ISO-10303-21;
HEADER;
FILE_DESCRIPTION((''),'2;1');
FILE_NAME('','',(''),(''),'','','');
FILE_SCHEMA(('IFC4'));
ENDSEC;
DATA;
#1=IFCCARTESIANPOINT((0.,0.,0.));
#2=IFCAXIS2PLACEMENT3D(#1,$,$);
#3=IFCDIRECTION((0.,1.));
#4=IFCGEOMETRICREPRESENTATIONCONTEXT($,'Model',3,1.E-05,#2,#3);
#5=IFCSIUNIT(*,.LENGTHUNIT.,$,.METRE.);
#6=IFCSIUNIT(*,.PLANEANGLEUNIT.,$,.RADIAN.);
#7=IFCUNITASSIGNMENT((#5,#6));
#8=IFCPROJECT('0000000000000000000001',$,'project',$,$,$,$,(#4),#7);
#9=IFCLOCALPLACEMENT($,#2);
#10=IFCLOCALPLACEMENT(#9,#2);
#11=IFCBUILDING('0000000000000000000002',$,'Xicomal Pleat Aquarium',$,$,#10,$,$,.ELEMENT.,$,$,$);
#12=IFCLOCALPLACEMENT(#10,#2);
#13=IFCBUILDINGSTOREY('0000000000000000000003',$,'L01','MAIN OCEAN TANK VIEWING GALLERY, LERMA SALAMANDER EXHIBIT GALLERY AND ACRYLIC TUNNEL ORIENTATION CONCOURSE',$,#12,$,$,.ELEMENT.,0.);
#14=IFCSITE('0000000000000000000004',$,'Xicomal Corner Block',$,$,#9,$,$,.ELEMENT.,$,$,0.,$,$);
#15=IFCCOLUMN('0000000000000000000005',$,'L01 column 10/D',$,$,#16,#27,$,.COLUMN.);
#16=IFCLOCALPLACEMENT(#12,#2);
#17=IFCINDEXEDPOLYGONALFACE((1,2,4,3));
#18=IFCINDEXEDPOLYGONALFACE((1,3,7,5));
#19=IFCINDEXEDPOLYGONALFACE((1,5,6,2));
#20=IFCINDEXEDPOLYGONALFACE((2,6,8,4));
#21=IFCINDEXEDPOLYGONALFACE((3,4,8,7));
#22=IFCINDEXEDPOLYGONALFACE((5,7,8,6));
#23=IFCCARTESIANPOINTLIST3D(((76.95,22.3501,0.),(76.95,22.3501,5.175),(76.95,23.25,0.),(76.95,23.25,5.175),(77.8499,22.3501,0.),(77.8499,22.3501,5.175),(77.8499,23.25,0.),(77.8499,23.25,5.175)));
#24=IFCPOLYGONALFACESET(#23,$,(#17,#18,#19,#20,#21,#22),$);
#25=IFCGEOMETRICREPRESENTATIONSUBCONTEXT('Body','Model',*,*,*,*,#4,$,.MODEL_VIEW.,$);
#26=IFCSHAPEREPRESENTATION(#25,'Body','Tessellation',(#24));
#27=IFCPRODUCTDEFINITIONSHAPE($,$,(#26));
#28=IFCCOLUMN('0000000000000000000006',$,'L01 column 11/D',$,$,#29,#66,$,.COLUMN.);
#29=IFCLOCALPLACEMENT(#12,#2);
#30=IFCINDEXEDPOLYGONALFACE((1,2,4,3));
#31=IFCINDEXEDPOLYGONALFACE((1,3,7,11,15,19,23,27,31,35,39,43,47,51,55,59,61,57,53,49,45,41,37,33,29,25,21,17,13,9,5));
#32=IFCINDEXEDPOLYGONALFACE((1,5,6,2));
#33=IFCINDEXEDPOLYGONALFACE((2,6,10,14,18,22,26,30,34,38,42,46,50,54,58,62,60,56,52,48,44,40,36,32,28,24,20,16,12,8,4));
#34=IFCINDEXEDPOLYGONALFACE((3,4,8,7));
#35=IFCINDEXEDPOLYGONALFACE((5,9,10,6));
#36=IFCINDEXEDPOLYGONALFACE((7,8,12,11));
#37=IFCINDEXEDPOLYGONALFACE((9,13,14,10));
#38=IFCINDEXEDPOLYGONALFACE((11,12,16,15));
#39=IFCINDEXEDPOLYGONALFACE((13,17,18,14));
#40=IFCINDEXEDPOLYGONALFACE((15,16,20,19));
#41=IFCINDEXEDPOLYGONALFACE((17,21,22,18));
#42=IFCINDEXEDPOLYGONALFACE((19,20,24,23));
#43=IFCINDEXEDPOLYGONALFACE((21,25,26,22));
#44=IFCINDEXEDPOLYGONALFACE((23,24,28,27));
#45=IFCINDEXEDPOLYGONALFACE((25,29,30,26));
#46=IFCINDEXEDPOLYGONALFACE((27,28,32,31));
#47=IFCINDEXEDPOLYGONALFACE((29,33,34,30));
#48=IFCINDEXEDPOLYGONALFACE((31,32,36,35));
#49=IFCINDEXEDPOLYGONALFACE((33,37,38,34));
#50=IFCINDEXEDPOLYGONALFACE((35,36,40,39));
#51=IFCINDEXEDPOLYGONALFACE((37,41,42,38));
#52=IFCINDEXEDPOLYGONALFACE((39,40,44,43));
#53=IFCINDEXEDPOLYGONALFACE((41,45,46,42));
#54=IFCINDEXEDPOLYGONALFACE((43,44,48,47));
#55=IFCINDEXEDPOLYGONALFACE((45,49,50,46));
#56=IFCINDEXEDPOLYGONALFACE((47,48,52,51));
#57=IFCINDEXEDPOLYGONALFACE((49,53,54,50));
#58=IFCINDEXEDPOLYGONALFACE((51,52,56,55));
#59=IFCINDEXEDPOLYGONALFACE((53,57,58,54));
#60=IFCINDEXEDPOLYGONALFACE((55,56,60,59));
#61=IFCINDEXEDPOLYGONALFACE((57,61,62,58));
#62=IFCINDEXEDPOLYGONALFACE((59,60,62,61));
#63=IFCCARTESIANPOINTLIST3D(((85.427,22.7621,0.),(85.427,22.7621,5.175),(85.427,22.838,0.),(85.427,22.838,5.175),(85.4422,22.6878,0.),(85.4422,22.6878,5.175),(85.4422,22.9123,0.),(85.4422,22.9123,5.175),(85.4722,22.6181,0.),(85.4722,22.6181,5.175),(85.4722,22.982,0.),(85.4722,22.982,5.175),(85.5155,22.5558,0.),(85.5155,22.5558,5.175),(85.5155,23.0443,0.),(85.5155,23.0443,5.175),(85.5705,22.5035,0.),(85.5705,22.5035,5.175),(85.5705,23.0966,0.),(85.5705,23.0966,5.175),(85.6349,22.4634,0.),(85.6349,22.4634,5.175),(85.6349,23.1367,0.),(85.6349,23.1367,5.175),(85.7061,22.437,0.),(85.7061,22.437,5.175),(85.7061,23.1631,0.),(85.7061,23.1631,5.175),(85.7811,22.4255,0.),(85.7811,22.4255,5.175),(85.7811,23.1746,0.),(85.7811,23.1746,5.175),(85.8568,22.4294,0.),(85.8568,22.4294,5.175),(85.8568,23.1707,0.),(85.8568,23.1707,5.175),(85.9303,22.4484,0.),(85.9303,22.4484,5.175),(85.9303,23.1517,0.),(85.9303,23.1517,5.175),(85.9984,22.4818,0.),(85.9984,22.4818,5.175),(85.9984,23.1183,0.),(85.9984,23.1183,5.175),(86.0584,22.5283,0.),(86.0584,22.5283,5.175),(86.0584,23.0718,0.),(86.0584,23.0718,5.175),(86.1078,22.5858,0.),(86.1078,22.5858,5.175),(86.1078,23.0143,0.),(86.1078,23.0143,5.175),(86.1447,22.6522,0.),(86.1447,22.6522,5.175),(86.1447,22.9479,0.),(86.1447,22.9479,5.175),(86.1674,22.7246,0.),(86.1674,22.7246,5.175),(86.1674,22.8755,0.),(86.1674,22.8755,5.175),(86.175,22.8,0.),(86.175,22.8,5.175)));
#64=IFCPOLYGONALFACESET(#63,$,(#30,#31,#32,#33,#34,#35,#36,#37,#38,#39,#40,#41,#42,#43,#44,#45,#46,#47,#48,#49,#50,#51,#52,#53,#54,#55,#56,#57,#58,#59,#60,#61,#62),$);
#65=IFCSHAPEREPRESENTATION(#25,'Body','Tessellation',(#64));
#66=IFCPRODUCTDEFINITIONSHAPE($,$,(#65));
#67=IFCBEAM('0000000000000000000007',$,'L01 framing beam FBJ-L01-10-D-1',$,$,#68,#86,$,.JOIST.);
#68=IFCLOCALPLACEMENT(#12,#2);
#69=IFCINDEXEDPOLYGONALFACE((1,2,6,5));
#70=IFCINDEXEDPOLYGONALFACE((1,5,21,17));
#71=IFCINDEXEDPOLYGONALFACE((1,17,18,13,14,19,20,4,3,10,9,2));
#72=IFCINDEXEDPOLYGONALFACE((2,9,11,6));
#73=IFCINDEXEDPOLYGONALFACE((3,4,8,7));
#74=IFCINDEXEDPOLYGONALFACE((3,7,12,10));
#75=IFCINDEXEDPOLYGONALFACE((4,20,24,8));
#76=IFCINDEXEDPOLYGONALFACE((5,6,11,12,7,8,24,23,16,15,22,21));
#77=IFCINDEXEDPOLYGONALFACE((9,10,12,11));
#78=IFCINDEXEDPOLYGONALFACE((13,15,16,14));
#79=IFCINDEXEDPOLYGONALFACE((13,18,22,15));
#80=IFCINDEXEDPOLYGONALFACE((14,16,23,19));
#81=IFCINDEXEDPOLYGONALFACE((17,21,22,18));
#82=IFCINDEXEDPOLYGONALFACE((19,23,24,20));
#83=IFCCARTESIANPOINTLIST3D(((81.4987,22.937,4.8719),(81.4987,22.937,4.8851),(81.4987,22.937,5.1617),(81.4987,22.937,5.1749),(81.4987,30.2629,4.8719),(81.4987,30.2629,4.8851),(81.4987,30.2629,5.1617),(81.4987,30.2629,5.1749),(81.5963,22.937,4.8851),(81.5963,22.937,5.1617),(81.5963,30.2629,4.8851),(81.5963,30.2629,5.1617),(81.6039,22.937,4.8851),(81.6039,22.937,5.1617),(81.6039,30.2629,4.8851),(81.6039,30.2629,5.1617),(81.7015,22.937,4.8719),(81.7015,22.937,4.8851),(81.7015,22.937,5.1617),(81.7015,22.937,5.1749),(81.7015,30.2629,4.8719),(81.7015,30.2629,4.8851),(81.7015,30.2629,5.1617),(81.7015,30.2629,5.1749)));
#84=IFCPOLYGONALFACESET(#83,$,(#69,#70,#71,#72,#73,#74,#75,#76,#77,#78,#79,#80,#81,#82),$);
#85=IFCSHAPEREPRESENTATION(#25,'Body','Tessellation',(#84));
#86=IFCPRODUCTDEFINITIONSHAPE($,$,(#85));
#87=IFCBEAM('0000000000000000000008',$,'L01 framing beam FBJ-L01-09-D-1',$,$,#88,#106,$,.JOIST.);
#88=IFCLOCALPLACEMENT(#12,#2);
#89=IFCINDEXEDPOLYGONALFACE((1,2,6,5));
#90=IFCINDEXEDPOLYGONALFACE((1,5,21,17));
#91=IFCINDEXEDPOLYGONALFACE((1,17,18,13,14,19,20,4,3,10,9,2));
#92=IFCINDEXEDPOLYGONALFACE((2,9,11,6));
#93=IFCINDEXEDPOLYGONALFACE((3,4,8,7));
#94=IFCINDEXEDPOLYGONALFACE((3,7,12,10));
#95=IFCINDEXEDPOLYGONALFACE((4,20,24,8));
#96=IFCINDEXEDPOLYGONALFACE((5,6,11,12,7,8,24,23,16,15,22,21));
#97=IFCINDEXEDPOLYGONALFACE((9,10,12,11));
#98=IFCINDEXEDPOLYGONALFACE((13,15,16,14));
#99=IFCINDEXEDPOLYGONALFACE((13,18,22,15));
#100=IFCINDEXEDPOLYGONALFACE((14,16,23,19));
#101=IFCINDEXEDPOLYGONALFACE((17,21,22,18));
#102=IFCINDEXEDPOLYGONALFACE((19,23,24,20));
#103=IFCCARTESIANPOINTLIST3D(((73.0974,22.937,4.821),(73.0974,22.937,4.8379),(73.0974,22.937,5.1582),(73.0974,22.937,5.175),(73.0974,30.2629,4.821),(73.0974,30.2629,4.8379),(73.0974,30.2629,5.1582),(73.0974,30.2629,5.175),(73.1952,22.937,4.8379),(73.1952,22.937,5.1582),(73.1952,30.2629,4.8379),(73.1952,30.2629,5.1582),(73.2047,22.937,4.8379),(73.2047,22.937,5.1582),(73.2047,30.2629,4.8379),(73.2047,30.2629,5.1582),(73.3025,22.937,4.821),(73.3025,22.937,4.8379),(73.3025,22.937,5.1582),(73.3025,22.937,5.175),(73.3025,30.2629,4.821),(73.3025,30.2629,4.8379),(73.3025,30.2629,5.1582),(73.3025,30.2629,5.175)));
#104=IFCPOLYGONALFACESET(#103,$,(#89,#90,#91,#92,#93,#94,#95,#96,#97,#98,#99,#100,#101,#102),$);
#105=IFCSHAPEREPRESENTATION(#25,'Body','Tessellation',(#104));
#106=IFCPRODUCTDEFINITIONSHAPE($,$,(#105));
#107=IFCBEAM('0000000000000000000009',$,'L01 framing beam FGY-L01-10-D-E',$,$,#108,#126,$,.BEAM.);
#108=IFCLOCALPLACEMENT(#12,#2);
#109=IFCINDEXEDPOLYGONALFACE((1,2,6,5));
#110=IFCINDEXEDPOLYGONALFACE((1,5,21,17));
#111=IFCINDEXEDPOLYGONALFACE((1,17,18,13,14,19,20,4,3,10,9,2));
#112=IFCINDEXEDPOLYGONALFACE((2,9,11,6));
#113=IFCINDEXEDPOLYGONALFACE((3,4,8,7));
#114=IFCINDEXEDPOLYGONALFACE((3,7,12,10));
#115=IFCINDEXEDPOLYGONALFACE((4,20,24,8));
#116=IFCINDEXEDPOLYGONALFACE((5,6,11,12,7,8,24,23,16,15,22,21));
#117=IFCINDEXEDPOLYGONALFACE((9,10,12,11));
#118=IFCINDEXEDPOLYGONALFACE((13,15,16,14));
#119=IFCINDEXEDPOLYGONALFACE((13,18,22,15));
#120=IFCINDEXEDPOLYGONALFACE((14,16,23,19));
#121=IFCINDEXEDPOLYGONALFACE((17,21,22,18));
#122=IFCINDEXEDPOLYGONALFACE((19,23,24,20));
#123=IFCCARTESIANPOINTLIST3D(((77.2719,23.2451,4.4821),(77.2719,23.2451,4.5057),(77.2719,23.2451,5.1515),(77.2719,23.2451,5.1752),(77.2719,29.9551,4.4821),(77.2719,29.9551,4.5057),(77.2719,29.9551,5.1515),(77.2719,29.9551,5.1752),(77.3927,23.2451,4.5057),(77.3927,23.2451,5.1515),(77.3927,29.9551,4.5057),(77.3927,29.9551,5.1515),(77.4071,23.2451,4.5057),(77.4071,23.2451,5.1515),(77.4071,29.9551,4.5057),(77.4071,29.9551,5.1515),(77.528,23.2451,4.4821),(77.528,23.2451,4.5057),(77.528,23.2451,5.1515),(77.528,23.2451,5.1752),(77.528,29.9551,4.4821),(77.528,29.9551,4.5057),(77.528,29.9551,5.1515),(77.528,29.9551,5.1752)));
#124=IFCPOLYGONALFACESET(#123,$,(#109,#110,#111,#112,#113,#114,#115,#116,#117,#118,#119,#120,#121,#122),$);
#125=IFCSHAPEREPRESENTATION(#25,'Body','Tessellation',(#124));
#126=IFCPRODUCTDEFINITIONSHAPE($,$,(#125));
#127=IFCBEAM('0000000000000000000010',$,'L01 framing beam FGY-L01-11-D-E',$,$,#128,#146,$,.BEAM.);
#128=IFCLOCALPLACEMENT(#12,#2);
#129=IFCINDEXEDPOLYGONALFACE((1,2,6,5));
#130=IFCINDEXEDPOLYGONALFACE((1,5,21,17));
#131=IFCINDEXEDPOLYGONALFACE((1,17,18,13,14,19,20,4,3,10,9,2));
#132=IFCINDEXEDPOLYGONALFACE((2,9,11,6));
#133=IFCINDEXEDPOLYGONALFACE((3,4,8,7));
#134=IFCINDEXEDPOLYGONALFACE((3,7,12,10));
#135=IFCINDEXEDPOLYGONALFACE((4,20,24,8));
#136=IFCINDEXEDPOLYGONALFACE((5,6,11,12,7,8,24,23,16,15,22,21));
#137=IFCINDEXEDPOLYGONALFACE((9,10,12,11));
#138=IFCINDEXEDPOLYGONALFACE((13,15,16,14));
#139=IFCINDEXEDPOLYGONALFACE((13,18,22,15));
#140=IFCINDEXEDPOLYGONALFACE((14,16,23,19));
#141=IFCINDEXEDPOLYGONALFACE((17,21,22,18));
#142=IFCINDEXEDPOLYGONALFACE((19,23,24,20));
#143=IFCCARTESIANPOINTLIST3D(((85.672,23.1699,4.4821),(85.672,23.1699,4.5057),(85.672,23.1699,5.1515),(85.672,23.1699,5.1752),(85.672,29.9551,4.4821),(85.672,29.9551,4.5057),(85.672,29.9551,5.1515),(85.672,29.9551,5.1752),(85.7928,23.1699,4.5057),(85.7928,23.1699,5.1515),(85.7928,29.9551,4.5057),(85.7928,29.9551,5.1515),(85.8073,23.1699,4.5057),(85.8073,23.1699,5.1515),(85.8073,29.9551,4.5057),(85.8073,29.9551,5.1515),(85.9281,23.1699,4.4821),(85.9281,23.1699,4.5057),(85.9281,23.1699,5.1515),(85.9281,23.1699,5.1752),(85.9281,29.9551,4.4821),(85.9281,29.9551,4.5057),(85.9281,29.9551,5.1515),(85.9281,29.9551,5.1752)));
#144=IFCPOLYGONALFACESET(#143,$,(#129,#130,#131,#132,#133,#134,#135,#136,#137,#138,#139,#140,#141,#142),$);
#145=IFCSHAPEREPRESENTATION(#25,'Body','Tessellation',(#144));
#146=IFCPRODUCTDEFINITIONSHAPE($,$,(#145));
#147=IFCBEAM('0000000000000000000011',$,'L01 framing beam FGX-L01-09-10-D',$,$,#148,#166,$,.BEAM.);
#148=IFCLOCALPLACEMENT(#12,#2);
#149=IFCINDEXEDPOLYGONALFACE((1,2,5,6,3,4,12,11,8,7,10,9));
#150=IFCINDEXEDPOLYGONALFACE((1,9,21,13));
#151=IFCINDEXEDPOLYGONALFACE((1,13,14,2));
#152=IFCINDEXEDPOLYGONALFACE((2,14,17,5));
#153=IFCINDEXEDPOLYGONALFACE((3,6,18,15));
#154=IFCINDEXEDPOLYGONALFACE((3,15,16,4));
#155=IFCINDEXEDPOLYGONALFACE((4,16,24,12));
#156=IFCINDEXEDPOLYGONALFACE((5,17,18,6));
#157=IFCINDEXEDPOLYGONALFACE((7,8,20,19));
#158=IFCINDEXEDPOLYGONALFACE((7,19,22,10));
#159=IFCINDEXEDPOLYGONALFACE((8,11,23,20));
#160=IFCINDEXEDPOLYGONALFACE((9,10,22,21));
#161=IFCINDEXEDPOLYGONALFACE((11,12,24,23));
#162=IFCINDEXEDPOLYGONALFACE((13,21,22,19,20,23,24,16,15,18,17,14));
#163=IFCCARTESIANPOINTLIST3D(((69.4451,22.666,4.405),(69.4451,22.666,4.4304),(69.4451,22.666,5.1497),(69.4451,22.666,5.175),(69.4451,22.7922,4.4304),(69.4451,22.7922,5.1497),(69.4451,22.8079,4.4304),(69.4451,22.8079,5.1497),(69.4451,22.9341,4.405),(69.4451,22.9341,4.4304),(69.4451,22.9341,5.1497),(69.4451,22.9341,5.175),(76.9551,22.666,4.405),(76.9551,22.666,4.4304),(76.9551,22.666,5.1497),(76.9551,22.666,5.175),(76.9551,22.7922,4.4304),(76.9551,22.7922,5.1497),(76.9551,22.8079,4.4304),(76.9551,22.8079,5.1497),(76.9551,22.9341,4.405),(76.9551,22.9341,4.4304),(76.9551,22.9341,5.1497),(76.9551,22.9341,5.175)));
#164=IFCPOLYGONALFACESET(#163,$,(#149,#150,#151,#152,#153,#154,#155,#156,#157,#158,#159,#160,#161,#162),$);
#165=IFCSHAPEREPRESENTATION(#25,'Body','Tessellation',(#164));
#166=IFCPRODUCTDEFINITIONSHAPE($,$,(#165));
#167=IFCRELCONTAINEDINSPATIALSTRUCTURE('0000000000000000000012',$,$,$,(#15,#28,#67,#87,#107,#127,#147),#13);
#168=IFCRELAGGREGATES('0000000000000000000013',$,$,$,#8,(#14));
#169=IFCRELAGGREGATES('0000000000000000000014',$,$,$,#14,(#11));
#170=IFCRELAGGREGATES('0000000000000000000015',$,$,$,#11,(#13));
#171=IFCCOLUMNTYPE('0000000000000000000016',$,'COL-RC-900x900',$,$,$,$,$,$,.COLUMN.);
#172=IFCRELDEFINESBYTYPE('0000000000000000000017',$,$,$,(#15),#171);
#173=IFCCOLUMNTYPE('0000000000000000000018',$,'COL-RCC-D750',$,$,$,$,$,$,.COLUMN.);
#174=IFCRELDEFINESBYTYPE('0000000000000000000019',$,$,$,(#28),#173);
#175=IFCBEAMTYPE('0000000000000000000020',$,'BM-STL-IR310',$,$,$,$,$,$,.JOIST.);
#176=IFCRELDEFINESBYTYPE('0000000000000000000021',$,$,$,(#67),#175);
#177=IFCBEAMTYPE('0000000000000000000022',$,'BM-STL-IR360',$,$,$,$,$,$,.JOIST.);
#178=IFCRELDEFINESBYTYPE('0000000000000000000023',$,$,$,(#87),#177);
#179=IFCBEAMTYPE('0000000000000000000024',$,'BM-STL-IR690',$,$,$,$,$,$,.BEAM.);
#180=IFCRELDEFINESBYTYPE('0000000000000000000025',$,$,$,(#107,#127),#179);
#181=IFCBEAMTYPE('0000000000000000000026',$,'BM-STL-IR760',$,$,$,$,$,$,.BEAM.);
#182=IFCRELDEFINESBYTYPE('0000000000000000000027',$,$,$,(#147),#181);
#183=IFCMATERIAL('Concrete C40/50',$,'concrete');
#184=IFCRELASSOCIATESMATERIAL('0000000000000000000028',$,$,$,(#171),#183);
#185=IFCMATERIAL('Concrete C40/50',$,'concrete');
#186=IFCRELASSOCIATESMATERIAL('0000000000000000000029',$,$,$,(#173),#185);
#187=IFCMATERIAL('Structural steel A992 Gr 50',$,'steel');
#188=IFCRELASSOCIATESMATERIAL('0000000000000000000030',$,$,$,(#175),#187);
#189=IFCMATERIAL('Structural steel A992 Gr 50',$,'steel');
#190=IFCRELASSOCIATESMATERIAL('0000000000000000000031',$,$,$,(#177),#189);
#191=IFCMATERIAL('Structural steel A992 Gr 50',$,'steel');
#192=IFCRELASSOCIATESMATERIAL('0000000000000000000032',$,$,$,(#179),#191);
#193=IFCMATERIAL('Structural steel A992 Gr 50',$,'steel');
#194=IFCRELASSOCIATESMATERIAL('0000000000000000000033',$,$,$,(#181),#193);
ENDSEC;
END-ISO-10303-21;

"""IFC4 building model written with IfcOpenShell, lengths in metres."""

from ifc_helpers import new_model, si_unit, direction, frame, origin, origin_2d, place, context, subcontext, project, spatial, rectangle, circle, i_section, extrude, material, material_profile, profile_set, type_object, element, save


model = new_model("IFC4")

# Units and contexts
model_context = context("Model", 3, precision=1e-05, world=origin(), true_north=direction((0.0, 1.0)))
body_context = subcontext(model_context, "Body", "Model", "MODEL_VIEW")
ifc_project = project(units=[si_unit("LENGTHUNIT", "METRE"), si_unit("PLANEANGLEUNIT", "RADIAN")], contexts=[model_context])

# Site, building, storey
site_placement = place(None, origin())
site = spatial("IfcSite", under=ifc_project, at=site_placement, Name="Xicomal Corner Block", CompositionType="ELEMENT", RefElevation=0.0)
building_placement = place(site_placement, origin())
building = spatial("IfcBuilding", under=site, at=building_placement, Name="Xicomal Pleat Aquarium", CompositionType="ELEMENT")
storey_placement = place(building_placement, origin())
storey = spatial("IfcBuildingStorey", under=building, at=storey_placement, Name="L01", Description="MAIN OCEAN TANK VIEWING GALLERY, LERMA SALAMANDER EXHIBIT GALLERY AND ACRYLIC TUNNEL ORIENTATION CONCOURSE", CompositionType="ELEMENT", Elevation=0.0)

# Columns
ifc_material_1 = material(Name="Concrete C40/50", Category="concrete")
ifc_material_profile_1 = material_profile(ifc_material_1, rectangle(XDim=0.8999, YDim=0.8999, at=origin_2d()), Name="RC 900x900")
ifc_profile_set_1 = profile_set([ifc_material_profile_1], Name="Concrete C40/50")
column_type_1 = type_object("IfcColumnType", Name="COL-RC-900x900", PredefinedType="COLUMN", material=ifc_profile_set_1)
column_1_placement = place(storey_placement, frame((77.3999, 22.8, 0.0), z_axis=(0.0, 0.0, 1.0), x_axis=(1.0, 0.0, 0.0)))
element("IfcColumn", 1, at=column_1_placement, inside=storey, type_object=column_type_1, Name="L01 column 10/D", PredefinedType="COLUMN", context=body_context, shape_type="SweptSolid", body=[
    extrude(rectangle(XDim=0.8999, YDim=0.8999, at=origin_2d()), origin(), (0.0, 0.0, 1.0), 5.175),
])
ifc_material_2 = material(Name="Concrete C40/50", Category="concrete")
ifc_material_profile_2 = material_profile(ifc_material_2, circle(Radius=0.375, at=origin_2d()), Name="RCC D750")
ifc_profile_set_2 = profile_set([ifc_material_profile_2], Name="Concrete C40/50")
column_type_2 = type_object("IfcColumnType", Name="COL-RCC-D750", PredefinedType="COLUMN", material=ifc_profile_set_2)
column_2_placement = place(storey_placement, frame((85.8, 22.8, 0.0), z_axis=(0.0, 0.0, 1.0), x_axis=(1.0, 0.0, 0.0)))
element("IfcColumn", 2, at=column_2_placement, inside=storey, type_object=column_type_2, Name="L01 column 11/D", PredefinedType="COLUMN", context=body_context, shape_type="SweptSolid", body=[
    extrude(circle(Radius=0.375, at=origin_2d()), origin(), (0.0, 0.0, 1.0), 5.175),
])

# Beams
ifc_material_3 = material(Name="Structural steel A992 Gr 50", Category="steel")
ifc_material_profile_3 = material_profile(ifc_material_3, i_section(OverallWidth=0.2029, OverallDepth=0.303, WebThickness=0.0076, FlangeThickness=0.0132, at=origin_2d()), Name="IR 310x60")
ifc_profile_set_3 = profile_set([ifc_material_profile_3], Name="Structural steel A992 Gr 50")
beam_type_1 = type_object("IfcBeamType", Name="BM-STL-IR310", PredefinedType="JOIST", material=ifc_profile_set_3)
beam_1_placement = place(storey_placement, frame((81.6001, 22.937, 5.0234), z_axis=(0.0, 1.0, 0.0), x_axis=(-1.0, 0.0, 0.0)))
element("IfcBeam", 3, at=beam_1_placement, inside=storey, type_object=beam_type_1, Name="L01 framing beam FBJ-L01-10-D-1", PredefinedType="JOIST", context=body_context, shape_type="SweptSolid", body=[
    extrude(i_section(OverallWidth=0.2029, OverallDepth=0.303, WebThickness=0.0076, FlangeThickness=0.0132, at=origin_2d()), origin(), (0.0, 0.0, 1.0), 7.3259),
])
ifc_material_4 = material(Name="Structural steel A992 Gr 50", Category="steel")
ifc_material_profile_4 = material_profile(ifc_material_4, i_section(OverallWidth=0.2051, OverallDepth=0.354, WebThickness=0.0095, FlangeThickness=0.0168, at=origin_2d()), Name="IR 360x79")
ifc_profile_set_4 = profile_set([ifc_material_profile_4], Name="Structural steel A992 Gr 50")
beam_type_2 = type_object("IfcBeamType", Name="BM-STL-IR360", PredefinedType="JOIST", material=ifc_profile_set_4)
beam_2_placement = place(storey_placement, frame((73.2, 22.937, 4.998), z_axis=(0.0, 1.0, 0.0), x_axis=(-1.0, 0.0, 0.0)))
element("IfcBeam", 4, at=beam_2_placement, inside=storey, type_object=beam_type_2, Name="L01 framing beam FBJ-L01-09-D-1", PredefinedType="JOIST", context=body_context, shape_type="SweptSolid", body=[
    extrude(i_section(OverallWidth=0.2051, OverallDepth=0.354, WebThickness=0.0095, FlangeThickness=0.0168, at=origin_2d()), origin(), (0.0, 0.0, 1.0), 7.3259),
])
ifc_material_5 = material(Name="Structural steel A992 Gr 50", Category="steel")
ifc_material_profile_5 = material_profile(ifc_material_5, i_section(OverallWidth=0.2561, OverallDepth=0.6931, WebThickness=0.0144, FlangeThickness=0.0237, at=origin_2d()), Name="IR 690x170")
ifc_profile_set_5 = profile_set([ifc_material_profile_5], Name="Structural steel A992 Gr 50")
beam_type_3 = type_object("IfcBeamType", Name="BM-STL-IR690", PredefinedType="BEAM", material=ifc_profile_set_5)
beam_3_placement = place(storey_placement, frame((77.3999, 23.2451, 4.8286), z_axis=(0.0, 1.0, 0.0), x_axis=(-1.0, 0.0, 0.0)))
element("IfcBeam", 5, at=beam_3_placement, inside=storey, type_object=beam_type_3, Name="L01 framing beam FGY-L01-10-D-E", PredefinedType="BEAM", context=body_context, shape_type="SweptSolid", body=[
    extrude(i_section(OverallWidth=0.2561, OverallDepth=0.6931, WebThickness=0.0144, FlangeThickness=0.0237, at=origin_2d()), origin(), (0.0, 0.0, 1.0), 6.71),
])
beam_4_placement = place(storey_placement, frame((85.8, 23.1699, 4.8286), z_axis=(0.0, 1.0, 0.0), x_axis=(-1.0, 0.0, 0.0)))
element("IfcBeam", 6, at=beam_4_placement, inside=storey, type_object=beam_type_3, Name="L01 framing beam FGY-L01-11-D-E", PredefinedType="BEAM", context=body_context, shape_type="SweptSolid", body=[
    extrude(i_section(OverallWidth=0.2561, OverallDepth=0.6931, WebThickness=0.0144, FlangeThickness=0.0237, at=origin_2d()), origin(), (0.0, 0.0, 1.0), 6.7852),
])
ifc_material_6 = material(Name="Structural steel A992 Gr 50", Category="steel")
ifc_material_profile_6 = material_profile(ifc_material_6, i_section(OverallWidth=0.2681, OverallDepth=0.77, WebThickness=0.0156, FlangeThickness=0.0254, at=origin_2d()), Name="IR 760x196")
ifc_profile_set_6 = profile_set([ifc_material_profile_6], Name="Structural steel A992 Gr 50")
beam_type_4 = type_object("IfcBeamType", Name="BM-STL-IR760", PredefinedType="BEAM", material=ifc_profile_set_6)
beam_5_placement = place(storey_placement, frame((69.4451, 22.8, 4.79), z_axis=(1.0, 0.0, 0.0), x_axis=(0.0, 1.0, 0.0)))
element("IfcBeam", 7, at=beam_5_placement, inside=storey, type_object=beam_type_4, Name="L01 framing beam FGX-L01-09-10-D", PredefinedType="BEAM", context=body_context, shape_type="SweptSolid", body=[
    extrude(i_section(OverallWidth=0.2681, OverallDepth=0.77, WebThickness=0.0156, FlangeThickness=0.0254, at=origin_2d()), origin(), (0.0, 0.0, 1.0), 7.51),
])

save(model, "model.ifc")
